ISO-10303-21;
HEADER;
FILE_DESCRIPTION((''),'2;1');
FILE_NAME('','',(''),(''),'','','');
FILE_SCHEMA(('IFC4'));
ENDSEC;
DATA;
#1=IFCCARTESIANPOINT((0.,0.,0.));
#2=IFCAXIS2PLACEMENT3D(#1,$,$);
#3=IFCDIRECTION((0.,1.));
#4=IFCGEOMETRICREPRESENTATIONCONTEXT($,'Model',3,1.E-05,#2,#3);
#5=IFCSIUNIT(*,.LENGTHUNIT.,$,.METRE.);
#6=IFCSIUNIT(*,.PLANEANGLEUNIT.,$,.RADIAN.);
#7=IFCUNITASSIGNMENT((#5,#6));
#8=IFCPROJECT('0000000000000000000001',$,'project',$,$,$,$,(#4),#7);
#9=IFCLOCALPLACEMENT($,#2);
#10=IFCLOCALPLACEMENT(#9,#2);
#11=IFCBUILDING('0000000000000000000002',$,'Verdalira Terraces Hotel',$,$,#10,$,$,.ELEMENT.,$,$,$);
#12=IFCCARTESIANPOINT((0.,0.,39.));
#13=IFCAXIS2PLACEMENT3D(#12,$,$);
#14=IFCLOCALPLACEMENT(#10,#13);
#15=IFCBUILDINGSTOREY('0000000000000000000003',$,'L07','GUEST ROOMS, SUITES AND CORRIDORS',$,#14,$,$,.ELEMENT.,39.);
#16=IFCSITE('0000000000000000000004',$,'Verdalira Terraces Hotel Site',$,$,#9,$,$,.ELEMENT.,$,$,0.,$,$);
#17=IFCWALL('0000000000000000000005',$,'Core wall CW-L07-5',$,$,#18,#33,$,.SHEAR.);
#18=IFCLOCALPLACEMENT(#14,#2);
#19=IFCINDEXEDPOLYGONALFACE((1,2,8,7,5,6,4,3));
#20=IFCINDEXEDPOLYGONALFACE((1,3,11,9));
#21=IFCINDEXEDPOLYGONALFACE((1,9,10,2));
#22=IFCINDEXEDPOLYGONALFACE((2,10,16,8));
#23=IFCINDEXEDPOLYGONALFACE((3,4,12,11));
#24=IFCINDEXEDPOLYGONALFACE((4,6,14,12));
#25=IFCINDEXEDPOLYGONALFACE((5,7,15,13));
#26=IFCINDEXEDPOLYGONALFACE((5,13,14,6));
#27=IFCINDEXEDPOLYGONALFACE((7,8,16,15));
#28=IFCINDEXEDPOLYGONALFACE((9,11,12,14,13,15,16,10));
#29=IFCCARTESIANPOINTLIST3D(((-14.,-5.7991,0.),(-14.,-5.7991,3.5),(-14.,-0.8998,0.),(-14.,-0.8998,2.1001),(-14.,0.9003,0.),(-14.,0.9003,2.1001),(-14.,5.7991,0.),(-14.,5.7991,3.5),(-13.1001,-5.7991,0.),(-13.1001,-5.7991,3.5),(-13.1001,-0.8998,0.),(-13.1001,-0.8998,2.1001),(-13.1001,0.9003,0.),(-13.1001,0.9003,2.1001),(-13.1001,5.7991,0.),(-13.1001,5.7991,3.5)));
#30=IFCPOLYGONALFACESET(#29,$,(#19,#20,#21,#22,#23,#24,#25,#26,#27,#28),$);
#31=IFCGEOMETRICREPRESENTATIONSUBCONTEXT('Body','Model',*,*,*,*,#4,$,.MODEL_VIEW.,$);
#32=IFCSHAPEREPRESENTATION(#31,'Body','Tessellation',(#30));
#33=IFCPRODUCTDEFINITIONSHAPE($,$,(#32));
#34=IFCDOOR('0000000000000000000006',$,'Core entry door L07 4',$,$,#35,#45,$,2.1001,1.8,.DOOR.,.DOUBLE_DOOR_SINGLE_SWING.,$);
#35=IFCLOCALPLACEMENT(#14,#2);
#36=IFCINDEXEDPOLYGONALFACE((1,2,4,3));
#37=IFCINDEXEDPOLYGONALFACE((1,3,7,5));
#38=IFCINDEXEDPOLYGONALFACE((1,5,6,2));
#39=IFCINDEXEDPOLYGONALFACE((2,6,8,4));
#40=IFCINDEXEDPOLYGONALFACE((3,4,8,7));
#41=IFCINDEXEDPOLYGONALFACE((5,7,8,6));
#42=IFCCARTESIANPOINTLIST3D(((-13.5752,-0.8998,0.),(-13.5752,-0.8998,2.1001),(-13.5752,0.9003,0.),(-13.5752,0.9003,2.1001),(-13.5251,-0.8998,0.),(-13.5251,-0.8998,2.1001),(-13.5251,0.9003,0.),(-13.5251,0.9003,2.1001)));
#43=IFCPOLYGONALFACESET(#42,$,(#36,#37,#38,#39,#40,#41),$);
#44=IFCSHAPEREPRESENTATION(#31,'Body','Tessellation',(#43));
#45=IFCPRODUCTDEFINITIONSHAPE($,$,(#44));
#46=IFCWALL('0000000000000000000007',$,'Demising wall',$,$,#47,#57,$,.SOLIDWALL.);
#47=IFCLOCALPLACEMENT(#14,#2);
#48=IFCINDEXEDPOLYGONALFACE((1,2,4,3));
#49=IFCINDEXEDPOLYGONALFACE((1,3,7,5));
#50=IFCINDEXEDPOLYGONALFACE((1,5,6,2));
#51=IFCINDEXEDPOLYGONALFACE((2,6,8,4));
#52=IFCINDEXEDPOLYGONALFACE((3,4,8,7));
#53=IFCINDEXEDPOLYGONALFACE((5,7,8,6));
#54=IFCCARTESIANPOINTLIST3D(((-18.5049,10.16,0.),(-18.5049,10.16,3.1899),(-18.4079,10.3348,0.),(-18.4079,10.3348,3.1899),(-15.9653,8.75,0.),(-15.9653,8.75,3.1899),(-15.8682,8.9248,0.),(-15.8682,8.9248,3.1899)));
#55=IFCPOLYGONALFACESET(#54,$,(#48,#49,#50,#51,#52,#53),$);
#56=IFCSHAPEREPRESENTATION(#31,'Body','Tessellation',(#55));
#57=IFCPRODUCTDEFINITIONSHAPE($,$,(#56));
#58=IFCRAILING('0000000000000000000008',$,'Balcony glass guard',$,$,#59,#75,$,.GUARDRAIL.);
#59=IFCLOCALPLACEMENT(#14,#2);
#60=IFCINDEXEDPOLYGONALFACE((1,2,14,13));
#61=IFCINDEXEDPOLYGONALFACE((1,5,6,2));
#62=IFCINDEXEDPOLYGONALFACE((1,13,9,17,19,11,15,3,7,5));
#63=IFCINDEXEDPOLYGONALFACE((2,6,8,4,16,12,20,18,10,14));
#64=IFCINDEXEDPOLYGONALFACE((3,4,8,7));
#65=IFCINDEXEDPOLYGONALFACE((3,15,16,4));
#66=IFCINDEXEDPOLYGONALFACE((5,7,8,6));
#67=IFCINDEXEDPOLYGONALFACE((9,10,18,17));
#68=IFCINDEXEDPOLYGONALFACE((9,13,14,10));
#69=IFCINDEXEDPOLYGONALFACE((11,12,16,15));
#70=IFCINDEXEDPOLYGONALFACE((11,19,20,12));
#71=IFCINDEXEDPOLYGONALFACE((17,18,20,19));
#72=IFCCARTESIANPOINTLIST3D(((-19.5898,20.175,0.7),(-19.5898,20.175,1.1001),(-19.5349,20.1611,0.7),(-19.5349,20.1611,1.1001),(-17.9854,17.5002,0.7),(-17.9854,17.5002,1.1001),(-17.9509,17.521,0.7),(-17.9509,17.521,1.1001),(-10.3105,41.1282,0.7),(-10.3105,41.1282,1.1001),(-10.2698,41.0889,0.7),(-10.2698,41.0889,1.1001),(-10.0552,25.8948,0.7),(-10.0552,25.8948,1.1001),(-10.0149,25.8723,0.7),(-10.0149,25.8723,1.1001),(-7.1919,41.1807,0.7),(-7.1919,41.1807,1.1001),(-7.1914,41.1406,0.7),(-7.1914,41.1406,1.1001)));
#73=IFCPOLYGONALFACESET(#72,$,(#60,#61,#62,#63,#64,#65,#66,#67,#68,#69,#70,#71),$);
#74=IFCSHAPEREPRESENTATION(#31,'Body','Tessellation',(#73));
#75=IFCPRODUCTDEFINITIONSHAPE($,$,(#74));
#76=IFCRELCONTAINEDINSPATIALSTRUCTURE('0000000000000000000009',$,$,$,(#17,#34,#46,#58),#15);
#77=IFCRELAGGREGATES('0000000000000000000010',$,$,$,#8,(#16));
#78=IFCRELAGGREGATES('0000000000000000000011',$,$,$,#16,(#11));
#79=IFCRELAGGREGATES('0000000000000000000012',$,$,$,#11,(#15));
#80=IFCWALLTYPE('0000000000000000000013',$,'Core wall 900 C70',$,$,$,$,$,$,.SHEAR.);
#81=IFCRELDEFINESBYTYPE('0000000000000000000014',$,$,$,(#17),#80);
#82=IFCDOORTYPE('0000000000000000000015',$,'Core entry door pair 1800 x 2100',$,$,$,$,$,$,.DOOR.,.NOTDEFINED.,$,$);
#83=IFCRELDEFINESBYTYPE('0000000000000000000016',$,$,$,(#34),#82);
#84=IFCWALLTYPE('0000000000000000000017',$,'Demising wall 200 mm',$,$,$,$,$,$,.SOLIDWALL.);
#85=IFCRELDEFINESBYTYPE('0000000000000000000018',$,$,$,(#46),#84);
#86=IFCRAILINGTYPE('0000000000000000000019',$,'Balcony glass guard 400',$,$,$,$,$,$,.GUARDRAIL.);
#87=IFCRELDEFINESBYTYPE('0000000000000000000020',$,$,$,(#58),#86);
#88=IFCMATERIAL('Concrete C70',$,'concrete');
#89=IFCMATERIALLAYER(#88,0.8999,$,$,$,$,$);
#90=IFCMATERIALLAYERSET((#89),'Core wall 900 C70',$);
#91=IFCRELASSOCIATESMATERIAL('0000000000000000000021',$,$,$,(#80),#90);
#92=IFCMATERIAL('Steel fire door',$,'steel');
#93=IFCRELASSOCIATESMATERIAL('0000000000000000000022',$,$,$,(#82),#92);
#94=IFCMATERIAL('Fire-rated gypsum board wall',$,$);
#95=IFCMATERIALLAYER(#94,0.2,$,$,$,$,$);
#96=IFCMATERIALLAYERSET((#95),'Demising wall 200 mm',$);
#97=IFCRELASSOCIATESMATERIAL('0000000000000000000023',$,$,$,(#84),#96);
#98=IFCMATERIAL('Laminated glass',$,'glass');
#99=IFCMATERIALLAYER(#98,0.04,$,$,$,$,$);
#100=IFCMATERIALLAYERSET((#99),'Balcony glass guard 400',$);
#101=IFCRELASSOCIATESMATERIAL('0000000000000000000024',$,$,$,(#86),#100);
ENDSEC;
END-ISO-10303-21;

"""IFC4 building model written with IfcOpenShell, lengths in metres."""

from ifc_helpers import new_model, si_unit, direction, frame, frame_2d, origin, place, context, subcontext, project, spatial, polyline, rectangle, outline, extrude, material, layer, layer_set, type_object, element, fill, save


model = new_model("IFC4")

# Units and contexts
model_context = context("Model", 3, precision=1e-05, world=origin(), true_north=direction((0.0, 1.0)))
body_context = subcontext(model_context, "Body", "Model", "MODEL_VIEW")
ifc_project = project(units=[si_unit("LENGTHUNIT", "METRE"), si_unit("PLANEANGLEUNIT", "RADIAN")], contexts=[model_context])

# Site, building, storey
site_placement = place(None, origin())
site = spatial("IfcSite", under=ifc_project, at=site_placement, Name="Verdalira Terraces Hotel Site", CompositionType="ELEMENT", RefElevation=0.0)
building_placement = place(site_placement, origin())
building = spatial("IfcBuilding", under=site, at=building_placement, Name="Verdalira Terraces Hotel", CompositionType="ELEMENT")
storey_placement = place(building_placement, frame((0.0, 0.0, 39.0)))
storey = spatial("IfcBuildingStorey", under=building, at=storey_placement, Name="L07", Description="GUEST ROOMS, SUITES AND CORRIDORS", CompositionType="ELEMENT", Elevation=39.0)

# Wall, opening, door
ifc_material_1 = material(Name="Concrete C70", Category="concrete")
ifc_layer_1 = layer(ifc_material_1, 0.8999)
ifc_layer_set_1 = layer_set([ifc_layer_1], Name="Core wall 900 C70")
wall_type_1 = type_object("IfcWallType", Name="Core wall 900 C70", PredefinedType="SHEAR", material=ifc_layer_set_1)
wall_1_placement = place(storey_placement, frame((-13.55, 5.7991, 0.0), z_axis=(0.0, 0.0, 1.0), x_axis=(0.0, -1.0, 0.0)))
wall_1 = element("IfcWall", 1, at=wall_1_placement, inside=storey, type_object=wall_type_1, Name="Core wall CW-L07-5", PredefinedType="SHEAR", context=body_context, shape_type="SweptSolid", body=[
    extrude(rectangle(XDim=11.5981, YDim=0.8999, at=frame_2d((5.7991, 0.0))), origin(), (0.0, 0.0, 1.0), 3.5),
])
opening_1_placement = place(wall_1_placement, frame((4.8989, 0.0, 0.0)))
opening_1 = element("IfcOpeningElement", 2, at=opening_1_placement, cuts=wall_1, PredefinedType="OPENING", context=body_context, shape_type="SweptSolid", body=[
    extrude(rectangle(XDim=1.8, YDim=2.1001, at=frame_2d((0.8999, 1.05))), frame((0.0, 0.46, 0.0), z_axis=(0.0, -1.0, 0.0), x_axis=(1.0, 0.0, 0.0)), (0.0, 0.0, 1.0), 0.9199),
])
ifc_material_2 = material(Name="Steel fire door", Category="steel")
door_type_1 = type_object("IfcDoorType", Name="Core entry door pair 1800 x 2100", OperationType="NOTDEFINED", PredefinedType="DOOR", material=ifc_material_2)
door_1_placement = place(opening_1_placement, origin())
door_1 = element("IfcDoor", 3, at=door_1_placement, inside=storey, type_object=door_type_1, Name="Core entry door L07 4", OperationType="DOUBLE_DOOR_SINGLE_SWING", OverallHeight=2.1001, OverallWidth=1.8, PredefinedType="DOOR", context=body_context, shape_type="SweptSolid", body=[
    extrude(rectangle(XDim=1.8, YDim=2.1001, at=frame_2d((0.8999, 1.05))), frame((0.0, 0.0249, 0.0), z_axis=(0.0, -1.0, 0.0), x_axis=(1.0, 0.0, 0.0)), (0.0, 0.0, 1.0), 0.05),
])
fill(opening_1, door_1)

# Wall
ifc_material_3 = material(Name="Fire-rated gypsum board wall")
ifc_layer_2 = layer(ifc_material_3, 0.2)
ifc_layer_set_2 = layer_set([ifc_layer_2], Name="Demising wall 200 mm")
wall_type_2 = type_object("IfcWallType", Name="Demising wall 200 mm", PredefinedType="SOLIDWALL", material=ifc_layer_set_2)
wall_2_placement = place(storey_placement, frame((-15.9167, 8.8374, 0.0), z_axis=(0.0, 0.0, 1.0), x_axis=(-0.874296, 0.485393, 0.0)))
element("IfcWall", 4, at=wall_2_placement, inside=storey, type_object=wall_type_2, Name="Demising wall", PredefinedType="SOLIDWALL", context=body_context, shape_type="SweptSolid", body=[
    extrude(rectangle(XDim=2.9048, YDim=0.2, at=frame_2d((1.4524, 0.0))), origin(), (0.0, 0.0, 1.0), 3.1899),
])

# Railing
ifc_material_4 = material(Name="Laminated glass", Category="glass")
ifc_layer_3 = layer(ifc_material_4, 0.04)
ifc_layer_set_3 = layer_set([ifc_layer_3], Name="Balcony glass guard 400")
railing_type = type_object("IfcRailingType", Name="Balcony glass guard 400", PredefinedType="GUARDRAIL", material=ifc_layer_set_3)
railing_placement = place(storey_placement, frame((0.0, 0.0, 0.7)))
element("IfcRailing", 5, at=railing_placement, inside=storey, type_object=railing_type, Name="Balcony glass guard", PredefinedType="GUARDRAIL", context=body_context, shape_type="SweptSolid", body=[
    extrude(outline(polyline([(-10.2698, 41.0889), (-10.0149, 25.8723), (-19.5349, 20.1611), (-17.9509, 17.521), (-17.9854, 17.5002), (-19.5898, 20.175), (-10.0552, 25.8948), (-10.3105, 41.1282), (-7.1919, 41.1807), (-7.1914, 41.1406), (-10.2698, 41.0889)])), origin(), (0.0, 0.0, 1.0), 0.4001),
])

save(model, "model.ifc")
